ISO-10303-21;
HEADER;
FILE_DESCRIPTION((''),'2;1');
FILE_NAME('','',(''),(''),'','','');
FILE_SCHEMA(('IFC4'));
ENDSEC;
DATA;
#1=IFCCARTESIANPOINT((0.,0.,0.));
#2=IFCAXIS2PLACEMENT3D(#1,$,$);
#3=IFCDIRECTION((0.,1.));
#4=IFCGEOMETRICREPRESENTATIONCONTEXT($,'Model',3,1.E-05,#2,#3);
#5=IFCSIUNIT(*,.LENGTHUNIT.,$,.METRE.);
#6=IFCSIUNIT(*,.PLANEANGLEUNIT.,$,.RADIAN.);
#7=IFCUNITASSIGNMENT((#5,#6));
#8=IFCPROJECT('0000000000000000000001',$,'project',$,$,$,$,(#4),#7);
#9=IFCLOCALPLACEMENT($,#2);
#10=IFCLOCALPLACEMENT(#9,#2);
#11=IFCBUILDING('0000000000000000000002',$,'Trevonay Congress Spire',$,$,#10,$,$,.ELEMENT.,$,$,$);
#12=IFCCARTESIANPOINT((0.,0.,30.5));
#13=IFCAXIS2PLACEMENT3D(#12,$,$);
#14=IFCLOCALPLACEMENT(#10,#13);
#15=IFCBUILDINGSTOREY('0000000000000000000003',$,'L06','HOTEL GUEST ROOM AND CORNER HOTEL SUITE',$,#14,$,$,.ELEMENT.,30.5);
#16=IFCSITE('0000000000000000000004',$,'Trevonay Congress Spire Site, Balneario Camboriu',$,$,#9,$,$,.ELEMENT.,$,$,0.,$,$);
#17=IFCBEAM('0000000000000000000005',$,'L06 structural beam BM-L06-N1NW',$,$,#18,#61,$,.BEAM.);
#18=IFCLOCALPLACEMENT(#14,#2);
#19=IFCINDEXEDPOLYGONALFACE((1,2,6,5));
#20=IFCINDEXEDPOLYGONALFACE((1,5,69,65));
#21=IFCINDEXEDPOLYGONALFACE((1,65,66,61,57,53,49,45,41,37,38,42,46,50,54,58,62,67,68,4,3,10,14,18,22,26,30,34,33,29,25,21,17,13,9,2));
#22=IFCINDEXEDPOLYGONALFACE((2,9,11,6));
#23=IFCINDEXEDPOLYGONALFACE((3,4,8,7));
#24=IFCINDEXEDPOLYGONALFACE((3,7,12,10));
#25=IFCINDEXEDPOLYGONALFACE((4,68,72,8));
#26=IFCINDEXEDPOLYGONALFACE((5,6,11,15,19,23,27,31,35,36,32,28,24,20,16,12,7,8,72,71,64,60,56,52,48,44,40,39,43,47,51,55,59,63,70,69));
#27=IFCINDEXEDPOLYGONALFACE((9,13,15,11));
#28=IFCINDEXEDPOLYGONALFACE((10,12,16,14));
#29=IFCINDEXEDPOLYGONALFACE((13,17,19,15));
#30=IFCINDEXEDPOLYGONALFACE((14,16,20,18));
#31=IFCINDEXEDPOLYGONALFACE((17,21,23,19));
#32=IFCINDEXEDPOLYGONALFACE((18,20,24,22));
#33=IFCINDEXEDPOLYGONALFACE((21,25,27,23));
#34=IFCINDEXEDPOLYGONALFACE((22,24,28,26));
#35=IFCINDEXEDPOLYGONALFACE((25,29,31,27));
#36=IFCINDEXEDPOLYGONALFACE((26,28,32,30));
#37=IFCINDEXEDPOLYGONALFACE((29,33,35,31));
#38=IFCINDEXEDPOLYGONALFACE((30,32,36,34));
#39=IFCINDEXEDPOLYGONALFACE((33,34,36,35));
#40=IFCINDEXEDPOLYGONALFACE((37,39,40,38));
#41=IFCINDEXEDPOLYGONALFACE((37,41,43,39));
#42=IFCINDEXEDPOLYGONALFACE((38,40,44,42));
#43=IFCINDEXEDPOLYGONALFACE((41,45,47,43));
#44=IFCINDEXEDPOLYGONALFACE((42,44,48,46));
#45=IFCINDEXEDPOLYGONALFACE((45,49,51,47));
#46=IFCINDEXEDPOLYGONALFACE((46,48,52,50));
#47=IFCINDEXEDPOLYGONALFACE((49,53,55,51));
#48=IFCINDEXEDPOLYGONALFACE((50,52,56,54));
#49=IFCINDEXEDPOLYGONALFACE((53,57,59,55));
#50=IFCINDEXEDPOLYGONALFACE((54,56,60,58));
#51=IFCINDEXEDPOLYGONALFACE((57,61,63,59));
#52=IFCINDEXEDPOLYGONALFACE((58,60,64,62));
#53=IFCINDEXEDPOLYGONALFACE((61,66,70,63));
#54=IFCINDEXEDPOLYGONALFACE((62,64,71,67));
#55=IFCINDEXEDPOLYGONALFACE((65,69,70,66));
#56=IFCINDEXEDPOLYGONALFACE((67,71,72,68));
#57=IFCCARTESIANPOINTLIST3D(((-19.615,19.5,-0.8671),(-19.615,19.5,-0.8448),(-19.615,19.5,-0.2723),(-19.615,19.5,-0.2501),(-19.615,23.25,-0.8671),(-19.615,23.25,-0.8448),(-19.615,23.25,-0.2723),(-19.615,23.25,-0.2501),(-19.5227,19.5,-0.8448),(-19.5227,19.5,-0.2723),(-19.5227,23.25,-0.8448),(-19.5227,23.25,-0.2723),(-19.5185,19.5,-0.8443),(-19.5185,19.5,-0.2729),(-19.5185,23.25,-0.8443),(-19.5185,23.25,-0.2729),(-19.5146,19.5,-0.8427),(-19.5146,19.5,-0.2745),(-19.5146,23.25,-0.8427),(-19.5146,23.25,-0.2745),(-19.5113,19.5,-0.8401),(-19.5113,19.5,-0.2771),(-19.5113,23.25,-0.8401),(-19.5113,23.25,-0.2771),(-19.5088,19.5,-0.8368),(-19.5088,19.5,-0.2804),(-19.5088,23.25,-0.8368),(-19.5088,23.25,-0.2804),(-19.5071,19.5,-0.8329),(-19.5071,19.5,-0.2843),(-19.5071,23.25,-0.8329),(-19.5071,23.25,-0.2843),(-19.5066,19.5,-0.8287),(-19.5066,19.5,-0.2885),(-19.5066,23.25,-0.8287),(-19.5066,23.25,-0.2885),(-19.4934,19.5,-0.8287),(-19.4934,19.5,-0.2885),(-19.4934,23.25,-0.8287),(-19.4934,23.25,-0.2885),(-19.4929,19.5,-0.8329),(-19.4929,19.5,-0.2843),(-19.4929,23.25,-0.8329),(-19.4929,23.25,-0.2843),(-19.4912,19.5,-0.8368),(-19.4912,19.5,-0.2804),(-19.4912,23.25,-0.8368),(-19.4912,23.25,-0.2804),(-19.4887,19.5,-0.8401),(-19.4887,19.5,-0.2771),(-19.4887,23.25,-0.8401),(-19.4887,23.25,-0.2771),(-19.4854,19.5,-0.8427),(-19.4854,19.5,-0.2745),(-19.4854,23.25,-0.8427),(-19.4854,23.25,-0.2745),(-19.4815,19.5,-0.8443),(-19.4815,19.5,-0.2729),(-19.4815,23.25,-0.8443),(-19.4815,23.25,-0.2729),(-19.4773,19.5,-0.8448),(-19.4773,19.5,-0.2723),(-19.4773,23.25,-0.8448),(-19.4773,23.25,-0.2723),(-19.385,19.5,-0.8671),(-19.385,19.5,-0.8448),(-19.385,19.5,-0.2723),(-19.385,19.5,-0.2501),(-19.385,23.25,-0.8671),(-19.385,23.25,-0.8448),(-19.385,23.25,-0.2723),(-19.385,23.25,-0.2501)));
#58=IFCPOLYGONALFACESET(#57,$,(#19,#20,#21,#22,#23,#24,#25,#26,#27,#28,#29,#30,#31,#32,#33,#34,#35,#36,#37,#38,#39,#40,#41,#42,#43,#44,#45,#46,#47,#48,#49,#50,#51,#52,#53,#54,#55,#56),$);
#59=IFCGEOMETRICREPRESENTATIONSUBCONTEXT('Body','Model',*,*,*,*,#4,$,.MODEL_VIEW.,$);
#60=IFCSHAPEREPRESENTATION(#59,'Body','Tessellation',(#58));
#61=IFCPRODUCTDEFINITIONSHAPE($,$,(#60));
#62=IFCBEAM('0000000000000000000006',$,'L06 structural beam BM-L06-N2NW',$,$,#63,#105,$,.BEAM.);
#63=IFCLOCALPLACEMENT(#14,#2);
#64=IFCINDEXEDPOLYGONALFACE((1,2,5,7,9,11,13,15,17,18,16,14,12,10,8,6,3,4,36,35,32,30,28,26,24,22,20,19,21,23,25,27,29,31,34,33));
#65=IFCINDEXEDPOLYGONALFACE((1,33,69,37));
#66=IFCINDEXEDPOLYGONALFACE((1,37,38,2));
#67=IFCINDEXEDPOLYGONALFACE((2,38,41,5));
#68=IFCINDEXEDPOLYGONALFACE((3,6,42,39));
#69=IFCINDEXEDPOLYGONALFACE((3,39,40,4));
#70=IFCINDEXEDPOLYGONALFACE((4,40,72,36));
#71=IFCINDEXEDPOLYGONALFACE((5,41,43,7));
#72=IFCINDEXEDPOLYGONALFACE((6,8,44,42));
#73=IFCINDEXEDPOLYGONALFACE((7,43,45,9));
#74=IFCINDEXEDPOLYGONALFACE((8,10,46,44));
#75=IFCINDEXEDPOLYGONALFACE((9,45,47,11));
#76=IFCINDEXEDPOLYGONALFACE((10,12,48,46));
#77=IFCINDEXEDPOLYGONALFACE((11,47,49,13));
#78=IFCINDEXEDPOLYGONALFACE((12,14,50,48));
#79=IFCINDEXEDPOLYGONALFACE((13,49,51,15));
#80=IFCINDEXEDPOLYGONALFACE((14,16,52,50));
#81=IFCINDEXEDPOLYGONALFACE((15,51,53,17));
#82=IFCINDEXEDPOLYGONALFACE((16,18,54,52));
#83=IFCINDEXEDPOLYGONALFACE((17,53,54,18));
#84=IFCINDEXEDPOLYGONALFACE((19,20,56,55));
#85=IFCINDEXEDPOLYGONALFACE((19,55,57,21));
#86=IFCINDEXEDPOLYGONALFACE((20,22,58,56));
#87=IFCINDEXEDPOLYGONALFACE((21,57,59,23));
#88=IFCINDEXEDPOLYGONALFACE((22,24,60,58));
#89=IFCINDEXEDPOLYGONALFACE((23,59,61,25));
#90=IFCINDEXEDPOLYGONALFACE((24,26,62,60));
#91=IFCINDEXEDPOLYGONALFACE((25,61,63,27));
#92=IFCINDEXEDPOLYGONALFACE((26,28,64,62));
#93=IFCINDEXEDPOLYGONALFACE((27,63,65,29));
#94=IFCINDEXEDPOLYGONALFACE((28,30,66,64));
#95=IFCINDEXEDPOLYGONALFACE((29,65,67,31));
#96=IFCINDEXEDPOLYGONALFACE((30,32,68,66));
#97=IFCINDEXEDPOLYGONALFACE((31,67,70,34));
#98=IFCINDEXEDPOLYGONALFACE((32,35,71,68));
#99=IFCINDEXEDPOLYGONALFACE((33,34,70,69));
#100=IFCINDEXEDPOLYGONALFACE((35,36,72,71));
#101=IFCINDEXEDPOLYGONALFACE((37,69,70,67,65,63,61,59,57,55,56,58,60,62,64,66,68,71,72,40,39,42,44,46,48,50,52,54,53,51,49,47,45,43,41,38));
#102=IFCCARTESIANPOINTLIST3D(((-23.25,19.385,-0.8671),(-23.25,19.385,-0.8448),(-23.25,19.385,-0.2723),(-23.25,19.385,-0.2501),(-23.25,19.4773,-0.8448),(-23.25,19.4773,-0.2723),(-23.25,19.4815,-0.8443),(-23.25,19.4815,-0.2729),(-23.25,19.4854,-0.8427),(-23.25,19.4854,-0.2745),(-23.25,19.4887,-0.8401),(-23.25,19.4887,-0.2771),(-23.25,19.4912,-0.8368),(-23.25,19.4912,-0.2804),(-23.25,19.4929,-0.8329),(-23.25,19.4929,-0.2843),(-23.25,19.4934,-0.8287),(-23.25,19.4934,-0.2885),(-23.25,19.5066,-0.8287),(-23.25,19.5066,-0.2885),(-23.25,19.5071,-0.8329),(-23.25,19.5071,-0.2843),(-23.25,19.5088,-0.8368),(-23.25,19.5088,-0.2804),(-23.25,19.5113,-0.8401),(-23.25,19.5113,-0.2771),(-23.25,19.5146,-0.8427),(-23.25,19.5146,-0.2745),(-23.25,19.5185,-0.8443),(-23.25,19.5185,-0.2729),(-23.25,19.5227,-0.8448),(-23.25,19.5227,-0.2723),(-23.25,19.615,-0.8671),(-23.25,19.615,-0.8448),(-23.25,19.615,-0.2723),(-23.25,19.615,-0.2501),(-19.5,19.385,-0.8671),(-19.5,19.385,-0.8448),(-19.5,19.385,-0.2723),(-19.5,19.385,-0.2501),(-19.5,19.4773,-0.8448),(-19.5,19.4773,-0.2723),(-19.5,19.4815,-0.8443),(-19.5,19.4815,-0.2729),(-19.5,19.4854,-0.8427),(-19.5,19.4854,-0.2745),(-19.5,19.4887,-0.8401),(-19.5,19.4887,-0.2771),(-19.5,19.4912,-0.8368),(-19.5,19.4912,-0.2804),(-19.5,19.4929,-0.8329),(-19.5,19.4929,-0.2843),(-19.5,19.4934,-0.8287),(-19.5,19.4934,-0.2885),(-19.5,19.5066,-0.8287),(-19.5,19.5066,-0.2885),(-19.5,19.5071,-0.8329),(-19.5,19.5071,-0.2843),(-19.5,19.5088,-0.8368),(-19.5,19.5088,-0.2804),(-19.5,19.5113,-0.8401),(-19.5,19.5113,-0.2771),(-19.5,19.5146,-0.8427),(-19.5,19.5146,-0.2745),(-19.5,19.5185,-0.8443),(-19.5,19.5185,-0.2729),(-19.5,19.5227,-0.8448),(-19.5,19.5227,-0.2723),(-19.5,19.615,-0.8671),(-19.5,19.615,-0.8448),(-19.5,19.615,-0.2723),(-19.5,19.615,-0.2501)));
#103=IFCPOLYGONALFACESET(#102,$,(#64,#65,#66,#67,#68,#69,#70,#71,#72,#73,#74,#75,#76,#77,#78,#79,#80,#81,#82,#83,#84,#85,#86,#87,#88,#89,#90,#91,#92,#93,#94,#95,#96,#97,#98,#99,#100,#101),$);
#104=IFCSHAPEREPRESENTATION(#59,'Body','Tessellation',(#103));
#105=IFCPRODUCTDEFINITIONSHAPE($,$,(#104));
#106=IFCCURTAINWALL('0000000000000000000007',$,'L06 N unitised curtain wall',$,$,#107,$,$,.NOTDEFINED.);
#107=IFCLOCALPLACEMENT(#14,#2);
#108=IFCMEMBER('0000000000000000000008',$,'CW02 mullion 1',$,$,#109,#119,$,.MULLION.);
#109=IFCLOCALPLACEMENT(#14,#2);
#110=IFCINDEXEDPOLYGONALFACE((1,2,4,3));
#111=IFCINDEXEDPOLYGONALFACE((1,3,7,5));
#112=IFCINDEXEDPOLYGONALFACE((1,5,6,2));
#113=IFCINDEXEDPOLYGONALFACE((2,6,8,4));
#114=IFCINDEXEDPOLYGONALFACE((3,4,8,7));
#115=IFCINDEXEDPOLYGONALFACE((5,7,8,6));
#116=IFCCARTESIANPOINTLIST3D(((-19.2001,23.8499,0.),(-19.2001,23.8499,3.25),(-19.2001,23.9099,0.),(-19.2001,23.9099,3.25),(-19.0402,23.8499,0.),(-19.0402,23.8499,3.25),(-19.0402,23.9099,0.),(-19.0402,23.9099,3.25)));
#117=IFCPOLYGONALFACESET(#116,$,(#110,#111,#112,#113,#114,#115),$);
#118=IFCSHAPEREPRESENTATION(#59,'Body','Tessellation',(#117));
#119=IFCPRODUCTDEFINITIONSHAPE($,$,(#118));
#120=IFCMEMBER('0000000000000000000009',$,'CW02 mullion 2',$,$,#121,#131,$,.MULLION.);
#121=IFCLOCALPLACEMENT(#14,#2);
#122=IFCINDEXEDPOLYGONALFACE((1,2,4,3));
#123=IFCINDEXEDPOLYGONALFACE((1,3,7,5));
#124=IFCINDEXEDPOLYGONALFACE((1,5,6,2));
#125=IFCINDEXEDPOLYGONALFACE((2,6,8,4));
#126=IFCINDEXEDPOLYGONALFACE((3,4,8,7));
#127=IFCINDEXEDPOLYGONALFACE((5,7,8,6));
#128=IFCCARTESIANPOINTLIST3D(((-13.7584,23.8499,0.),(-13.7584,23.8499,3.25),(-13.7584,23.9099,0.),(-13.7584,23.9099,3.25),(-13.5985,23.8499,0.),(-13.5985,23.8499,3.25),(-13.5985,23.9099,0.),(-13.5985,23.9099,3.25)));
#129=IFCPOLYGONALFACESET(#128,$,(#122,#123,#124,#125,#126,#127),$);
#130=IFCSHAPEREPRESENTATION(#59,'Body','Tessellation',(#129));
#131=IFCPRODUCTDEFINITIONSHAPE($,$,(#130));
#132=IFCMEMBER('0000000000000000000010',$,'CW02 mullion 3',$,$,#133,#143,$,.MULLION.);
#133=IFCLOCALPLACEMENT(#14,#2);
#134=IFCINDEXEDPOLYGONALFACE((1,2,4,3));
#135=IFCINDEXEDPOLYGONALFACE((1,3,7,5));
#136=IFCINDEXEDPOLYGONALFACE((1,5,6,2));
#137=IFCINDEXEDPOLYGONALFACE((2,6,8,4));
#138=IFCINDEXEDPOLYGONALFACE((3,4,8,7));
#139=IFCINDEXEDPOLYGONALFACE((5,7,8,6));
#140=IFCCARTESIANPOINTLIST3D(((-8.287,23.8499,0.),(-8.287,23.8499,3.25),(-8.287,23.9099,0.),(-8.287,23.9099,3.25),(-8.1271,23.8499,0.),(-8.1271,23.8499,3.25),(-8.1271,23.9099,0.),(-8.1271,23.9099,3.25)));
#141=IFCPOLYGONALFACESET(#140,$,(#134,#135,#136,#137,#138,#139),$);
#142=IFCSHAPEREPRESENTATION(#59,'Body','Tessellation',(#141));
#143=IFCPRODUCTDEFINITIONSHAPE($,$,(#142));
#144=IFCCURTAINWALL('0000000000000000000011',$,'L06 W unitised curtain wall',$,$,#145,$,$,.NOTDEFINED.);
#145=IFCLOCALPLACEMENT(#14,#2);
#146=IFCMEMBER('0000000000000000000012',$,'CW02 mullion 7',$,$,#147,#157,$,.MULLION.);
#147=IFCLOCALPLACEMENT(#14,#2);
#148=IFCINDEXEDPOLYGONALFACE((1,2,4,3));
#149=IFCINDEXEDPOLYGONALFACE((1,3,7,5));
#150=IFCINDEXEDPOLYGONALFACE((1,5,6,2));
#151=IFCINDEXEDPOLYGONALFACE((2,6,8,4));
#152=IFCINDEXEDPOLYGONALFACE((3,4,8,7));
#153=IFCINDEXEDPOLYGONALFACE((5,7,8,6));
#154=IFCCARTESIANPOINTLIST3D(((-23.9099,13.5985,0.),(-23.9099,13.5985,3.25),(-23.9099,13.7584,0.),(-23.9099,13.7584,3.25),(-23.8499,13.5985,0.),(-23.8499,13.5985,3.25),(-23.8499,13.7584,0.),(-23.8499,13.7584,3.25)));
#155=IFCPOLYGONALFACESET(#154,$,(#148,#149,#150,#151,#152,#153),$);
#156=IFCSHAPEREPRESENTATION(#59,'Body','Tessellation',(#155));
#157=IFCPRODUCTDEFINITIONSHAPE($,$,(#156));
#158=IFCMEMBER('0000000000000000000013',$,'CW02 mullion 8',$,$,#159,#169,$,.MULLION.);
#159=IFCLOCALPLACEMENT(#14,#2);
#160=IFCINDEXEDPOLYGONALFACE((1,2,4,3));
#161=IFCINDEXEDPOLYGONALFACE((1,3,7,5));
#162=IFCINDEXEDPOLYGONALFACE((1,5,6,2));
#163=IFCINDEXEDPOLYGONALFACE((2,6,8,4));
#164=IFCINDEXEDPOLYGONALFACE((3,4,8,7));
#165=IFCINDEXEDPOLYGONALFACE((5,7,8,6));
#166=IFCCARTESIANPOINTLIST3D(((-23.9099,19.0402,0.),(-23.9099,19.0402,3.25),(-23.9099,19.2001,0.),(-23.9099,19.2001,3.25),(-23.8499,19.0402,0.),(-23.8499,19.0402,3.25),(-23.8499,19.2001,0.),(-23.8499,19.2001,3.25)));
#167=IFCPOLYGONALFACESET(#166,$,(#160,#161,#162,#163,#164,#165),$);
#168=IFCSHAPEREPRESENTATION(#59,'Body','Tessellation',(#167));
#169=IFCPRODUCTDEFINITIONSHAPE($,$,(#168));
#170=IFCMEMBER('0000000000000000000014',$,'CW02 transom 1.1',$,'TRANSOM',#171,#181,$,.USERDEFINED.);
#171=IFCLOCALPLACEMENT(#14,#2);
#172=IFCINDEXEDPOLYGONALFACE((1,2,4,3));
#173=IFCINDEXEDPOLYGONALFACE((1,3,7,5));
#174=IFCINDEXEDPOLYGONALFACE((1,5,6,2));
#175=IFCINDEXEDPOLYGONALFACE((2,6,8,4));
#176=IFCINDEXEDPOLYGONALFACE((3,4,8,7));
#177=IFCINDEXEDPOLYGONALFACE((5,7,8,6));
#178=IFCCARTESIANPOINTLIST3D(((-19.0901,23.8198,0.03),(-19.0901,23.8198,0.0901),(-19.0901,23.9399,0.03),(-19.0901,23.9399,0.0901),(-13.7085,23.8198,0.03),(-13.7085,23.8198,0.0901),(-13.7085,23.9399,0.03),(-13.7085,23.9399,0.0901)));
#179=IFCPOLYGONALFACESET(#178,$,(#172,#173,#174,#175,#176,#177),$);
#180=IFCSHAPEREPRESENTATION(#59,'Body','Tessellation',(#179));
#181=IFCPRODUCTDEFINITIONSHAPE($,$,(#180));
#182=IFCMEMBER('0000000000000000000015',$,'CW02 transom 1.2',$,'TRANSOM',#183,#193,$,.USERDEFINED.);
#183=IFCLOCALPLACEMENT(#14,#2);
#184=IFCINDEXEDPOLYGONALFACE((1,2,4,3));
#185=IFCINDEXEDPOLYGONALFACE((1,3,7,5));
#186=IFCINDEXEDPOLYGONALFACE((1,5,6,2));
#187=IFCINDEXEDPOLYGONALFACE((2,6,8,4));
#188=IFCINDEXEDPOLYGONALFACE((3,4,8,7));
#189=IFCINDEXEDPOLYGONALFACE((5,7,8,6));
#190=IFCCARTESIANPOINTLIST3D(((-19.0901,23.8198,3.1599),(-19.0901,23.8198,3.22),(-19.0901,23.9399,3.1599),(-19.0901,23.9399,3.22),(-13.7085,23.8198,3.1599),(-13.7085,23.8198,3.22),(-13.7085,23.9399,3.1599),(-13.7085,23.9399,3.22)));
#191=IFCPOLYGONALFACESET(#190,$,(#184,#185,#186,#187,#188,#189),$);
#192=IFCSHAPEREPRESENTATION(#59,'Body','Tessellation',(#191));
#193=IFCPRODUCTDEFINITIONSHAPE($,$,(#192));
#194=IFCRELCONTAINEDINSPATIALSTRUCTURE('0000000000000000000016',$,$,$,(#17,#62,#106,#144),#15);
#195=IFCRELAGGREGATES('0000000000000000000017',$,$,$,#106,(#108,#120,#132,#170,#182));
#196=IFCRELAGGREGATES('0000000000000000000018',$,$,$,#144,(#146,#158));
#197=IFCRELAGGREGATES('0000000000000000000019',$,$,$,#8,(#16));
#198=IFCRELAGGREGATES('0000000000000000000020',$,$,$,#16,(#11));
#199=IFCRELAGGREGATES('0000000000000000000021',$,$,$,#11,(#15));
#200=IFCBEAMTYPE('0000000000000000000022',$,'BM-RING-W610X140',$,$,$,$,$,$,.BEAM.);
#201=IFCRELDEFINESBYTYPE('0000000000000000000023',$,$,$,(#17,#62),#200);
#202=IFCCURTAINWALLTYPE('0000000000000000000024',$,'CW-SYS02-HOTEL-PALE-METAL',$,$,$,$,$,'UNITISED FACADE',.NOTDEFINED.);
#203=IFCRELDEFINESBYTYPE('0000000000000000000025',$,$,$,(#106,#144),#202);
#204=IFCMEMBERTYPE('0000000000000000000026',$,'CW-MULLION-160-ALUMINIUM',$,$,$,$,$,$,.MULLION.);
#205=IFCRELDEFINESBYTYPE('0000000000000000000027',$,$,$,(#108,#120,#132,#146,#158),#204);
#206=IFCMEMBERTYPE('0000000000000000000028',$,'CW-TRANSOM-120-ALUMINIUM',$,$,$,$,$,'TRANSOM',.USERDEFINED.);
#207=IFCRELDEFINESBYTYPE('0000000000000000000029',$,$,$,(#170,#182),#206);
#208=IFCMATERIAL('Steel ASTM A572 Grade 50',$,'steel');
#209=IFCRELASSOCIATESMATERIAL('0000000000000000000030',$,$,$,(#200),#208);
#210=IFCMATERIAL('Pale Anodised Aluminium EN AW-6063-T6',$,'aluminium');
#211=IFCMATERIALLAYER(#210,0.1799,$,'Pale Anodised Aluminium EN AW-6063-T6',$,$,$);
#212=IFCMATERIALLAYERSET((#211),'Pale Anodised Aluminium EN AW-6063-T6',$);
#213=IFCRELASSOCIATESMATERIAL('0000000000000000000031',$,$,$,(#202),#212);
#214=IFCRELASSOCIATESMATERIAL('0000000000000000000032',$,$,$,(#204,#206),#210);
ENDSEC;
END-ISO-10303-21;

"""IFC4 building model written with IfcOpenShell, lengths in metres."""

from ifc_helpers import new_model, si_unit, direction, frame, origin, origin_2d, place, context, subcontext, project, spatial, rectangle, i_section, extrude, material, layer, layer_set, material_profile, profile_set, type_object, element, aggregate, save


model = new_model("IFC4")

# Units and contexts
model_context = context("Model", 3, precision=1e-05, world=origin(), true_north=direction((0.0, 1.0)))
body_context = subcontext(model_context, "Body", "Model", "MODEL_VIEW")
ifc_project = project(units=[si_unit("LENGTHUNIT", "METRE"), si_unit("PLANEANGLEUNIT", "RADIAN")], contexts=[model_context])

# Site, building, storey
site_placement = place(None, origin())
site = spatial("IfcSite", under=ifc_project, at=site_placement, Name="Trevonay Congress Spire Site, Balneario Camboriu", CompositionType="ELEMENT", RefElevation=0.0)
building_placement = place(site_placement, origin())
building = spatial("IfcBuilding", under=site, at=building_placement, Name="Trevonay Congress Spire", CompositionType="ELEMENT")
storey_placement = place(building_placement, frame((0.0, 0.0, 30.5)))
storey = spatial("IfcBuildingStorey", under=building, at=storey_placement, Name="L06", Description="HOTEL GUEST ROOM AND CORNER HOTEL SUITE", CompositionType="ELEMENT", Elevation=30.5)

# Shared definitions
ifc_material_1 = material(Name="Steel ASTM A572 Grade 50", Category="steel")

# Beams
ifc_material_profile_1 = material_profile(ifc_material_1, i_section(OverallWidth=0.23, OverallDepth=0.6169, WebThickness=0.0132, FlangeThickness=0.0222, FilletRadius=0.0161, at=origin_2d()), Name="W610x140")
ifc_profile_set_1 = profile_set([ifc_material_profile_1], Name="Steel ASTM A572 Grade 50")
beam_type = type_object("IfcBeamType", Name="BM-RING-W610X140", PredefinedType="BEAM", material=ifc_profile_set_1)
for number, where, z_axis, x_axis, name in (
    (1, (-19.5, 23.25, -0.5586), (0.0, -1.0, 0.0), (1.0, 0.0, 0.0), "L06 structural beam BM-L06-N1NW"),
    (2, (-23.25, 19.5, -0.5586), (1.0, 0.0, 0.0), (0.0, 1.0, 0.0), "L06 structural beam BM-L06-N2NW"),
):
    element("IfcBeam", number, at=place(storey_placement, frame(where, z_axis=z_axis, x_axis=x_axis)), inside=storey, type_object=beam_type, Name=name, PredefinedType="BEAM", context=body_context, shape_type="SweptSolid", body=[
        extrude(i_section(OverallWidth=0.23, OverallDepth=0.6169, WebThickness=0.0132, FlangeThickness=0.0222, FilletRadius=0.0161, at=origin_2d()), origin(), (0.0, 0.0, 1.0), 3.75),
    ])

# Curtain walls, members
ifc_material_2 = material(Name="Pale Anodised Aluminium EN AW-6063-T6", Category="aluminium")
ifc_layer_1 = layer(ifc_material_2, 0.1799, Name="Pale Anodised Aluminium EN AW-6063-T6")
ifc_layer_set_1 = layer_set([ifc_layer_1], Name="Pale Anodised Aluminium EN AW-6063-T6")
curtain_wall_type = type_object("IfcCurtainWallType", Name="CW-SYS02-HOTEL-PALE-METAL", ElementType="UNITISED FACADE", PredefinedType="NOTDEFINED", material=ifc_layer_set_1)
curtain_wall_1_placement = place(storey_placement, origin())
curtain_wall_1 = element("IfcCurtainWall", 3, at=curtain_wall_1_placement, inside=storey, type_object=curtain_wall_type, Name="L06 N unitised curtain wall", PredefinedType="NOTDEFINED")
ifc_material_profile_2 = material_profile(ifc_material_2, rectangle(XDim=0.0601, YDim=0.1599, at=origin_2d()), Name="CW-MULLION-160-ALUMINIUM")
ifc_profile_set_2 = profile_set([ifc_material_profile_2], Name="Pale Anodised Aluminium EN AW-6063-T6")
member_type_1 = type_object("IfcMemberType", Name="CW-MULLION-160-ALUMINIUM", PredefinedType="MULLION", material=ifc_profile_set_2)
member_1_placement = place(storey_placement, frame((-19.1201, 23.8799, 0.0), z_axis=(0.0, 0.0, 1.0), x_axis=(0.0, 1.0, 0.0)))
member_1 = element("IfcMember", 4, at=member_1_placement, type_object=member_type_1, Name="CW02 mullion 1", PredefinedType="MULLION", context=body_context, shape_type="SweptSolid", body=[
    extrude(rectangle(XDim=0.0601, YDim=0.1599, at=origin_2d()), origin(), (0.0, 0.0, 1.0), 3.25),
])
member_2_placement = place(storey_placement, frame((-13.6785, 23.8799, 0.0), z_axis=(0.0, 0.0, 1.0), x_axis=(0.0, 1.0, 0.0)))
member_2 = element("IfcMember", 5, at=member_2_placement, type_object=member_type_1, Name="CW02 mullion 2", PredefinedType="MULLION", context=body_context, shape_type="SweptSolid", body=[
    extrude(rectangle(XDim=0.0601, YDim=0.1599, at=origin_2d()), origin(), (0.0, 0.0, 1.0), 3.25),
])
member_3_placement = place(storey_placement, frame((-8.207, 23.8799, 0.0), z_axis=(0.0, 0.0, 1.0), x_axis=(0.0, 1.0, 0.0)))
member_3 = element("IfcMember", 6, at=member_3_placement, type_object=member_type_1, Name="CW02 mullion 3", PredefinedType="MULLION", context=body_context, shape_type="SweptSolid", body=[
    extrude(rectangle(XDim=0.0601, YDim=0.1599, at=origin_2d()), origin(), (0.0, 0.0, 1.0), 3.25),
])
curtain_wall_2_placement = place(storey_placement, origin())
curtain_wall_2 = element("IfcCurtainWall", 7, at=curtain_wall_2_placement, inside=storey, type_object=curtain_wall_type, Name="L06 W unitised curtain wall", PredefinedType="NOTDEFINED")
member_4_placement = place(storey_placement, frame((-23.8799, 13.6785, 0.0), z_axis=(0.0, 0.0, 1.0), x_axis=(-1.0, 0.0, 0.0)))
member_4 = element("IfcMember", 8, at=member_4_placement, type_object=member_type_1, Name="CW02 mullion 7", PredefinedType="MULLION", context=body_context, shape_type="SweptSolid", body=[
    extrude(rectangle(XDim=0.0601, YDim=0.1599, at=origin_2d()), origin(), (0.0, 0.0, 1.0), 3.25),
])
member_5_placement = place(storey_placement, frame((-23.8799, 19.1201, 0.0), z_axis=(0.0, 0.0, 1.0), x_axis=(-1.0, 0.0, 0.0)))
member_5 = element("IfcMember", 9, at=member_5_placement, type_object=member_type_1, Name="CW02 mullion 8", PredefinedType="MULLION", context=body_context, shape_type="SweptSolid", body=[
    extrude(rectangle(XDim=0.0601, YDim=0.1599, at=origin_2d()), origin(), (0.0, 0.0, 1.0), 3.25),
])

# Members
ifc_material_profile_3 = material_profile(ifc_material_2, rectangle(XDim=0.1201, YDim=0.0601, at=origin_2d()), Name="CW-TRANSOM-120-ALUMINIUM")
ifc_profile_set_3 = profile_set([ifc_material_profile_3], Name="Pale Anodised Aluminium EN AW-6063-T6")
member_type_2 = type_object("IfcMemberType", Name="CW-TRANSOM-120-ALUMINIUM", ElementType="TRANSOM", PredefinedType="USERDEFINED", material=ifc_profile_set_3)
member_6_placement = place(storey_placement, frame((-19.0901, 23.8799, 0.0601), z_axis=(1.0, 0.0, 0.0), x_axis=(0.0, 1.0, 0.0)))
member_6 = element("IfcMember", 10, at=member_6_placement, type_object=member_type_2, Name="CW02 transom 1.1", ObjectType="TRANSOM", PredefinedType="USERDEFINED", context=body_context, shape_type="SweptSolid", body=[
    extrude(rectangle(XDim=0.1201, YDim=0.0601, at=origin_2d()), origin(), (0.0, 0.0, 1.0), 5.3816),
])
member_7_placement = place(storey_placement, frame((-19.0901, 23.8799, 3.1899), z_axis=(1.0, 0.0, 0.0), x_axis=(0.0, 1.0, 0.0)))
member_7 = element("IfcMember", 11, at=member_7_placement, type_object=member_type_2, Name="CW02 transom 1.2", ObjectType="TRANSOM", PredefinedType="USERDEFINED", context=body_context, shape_type="SweptSolid", body=[
    extrude(rectangle(XDim=0.1201, YDim=0.0601, at=origin_2d()), origin(), (0.0, 0.0, 1.0), 5.3816),
])

aggregate(curtain_wall_1, [member_1, member_2, member_3, member_6, member_7])
aggregate(curtain_wall_2, [member_4, member_5])

save(model, "model.ifc")
